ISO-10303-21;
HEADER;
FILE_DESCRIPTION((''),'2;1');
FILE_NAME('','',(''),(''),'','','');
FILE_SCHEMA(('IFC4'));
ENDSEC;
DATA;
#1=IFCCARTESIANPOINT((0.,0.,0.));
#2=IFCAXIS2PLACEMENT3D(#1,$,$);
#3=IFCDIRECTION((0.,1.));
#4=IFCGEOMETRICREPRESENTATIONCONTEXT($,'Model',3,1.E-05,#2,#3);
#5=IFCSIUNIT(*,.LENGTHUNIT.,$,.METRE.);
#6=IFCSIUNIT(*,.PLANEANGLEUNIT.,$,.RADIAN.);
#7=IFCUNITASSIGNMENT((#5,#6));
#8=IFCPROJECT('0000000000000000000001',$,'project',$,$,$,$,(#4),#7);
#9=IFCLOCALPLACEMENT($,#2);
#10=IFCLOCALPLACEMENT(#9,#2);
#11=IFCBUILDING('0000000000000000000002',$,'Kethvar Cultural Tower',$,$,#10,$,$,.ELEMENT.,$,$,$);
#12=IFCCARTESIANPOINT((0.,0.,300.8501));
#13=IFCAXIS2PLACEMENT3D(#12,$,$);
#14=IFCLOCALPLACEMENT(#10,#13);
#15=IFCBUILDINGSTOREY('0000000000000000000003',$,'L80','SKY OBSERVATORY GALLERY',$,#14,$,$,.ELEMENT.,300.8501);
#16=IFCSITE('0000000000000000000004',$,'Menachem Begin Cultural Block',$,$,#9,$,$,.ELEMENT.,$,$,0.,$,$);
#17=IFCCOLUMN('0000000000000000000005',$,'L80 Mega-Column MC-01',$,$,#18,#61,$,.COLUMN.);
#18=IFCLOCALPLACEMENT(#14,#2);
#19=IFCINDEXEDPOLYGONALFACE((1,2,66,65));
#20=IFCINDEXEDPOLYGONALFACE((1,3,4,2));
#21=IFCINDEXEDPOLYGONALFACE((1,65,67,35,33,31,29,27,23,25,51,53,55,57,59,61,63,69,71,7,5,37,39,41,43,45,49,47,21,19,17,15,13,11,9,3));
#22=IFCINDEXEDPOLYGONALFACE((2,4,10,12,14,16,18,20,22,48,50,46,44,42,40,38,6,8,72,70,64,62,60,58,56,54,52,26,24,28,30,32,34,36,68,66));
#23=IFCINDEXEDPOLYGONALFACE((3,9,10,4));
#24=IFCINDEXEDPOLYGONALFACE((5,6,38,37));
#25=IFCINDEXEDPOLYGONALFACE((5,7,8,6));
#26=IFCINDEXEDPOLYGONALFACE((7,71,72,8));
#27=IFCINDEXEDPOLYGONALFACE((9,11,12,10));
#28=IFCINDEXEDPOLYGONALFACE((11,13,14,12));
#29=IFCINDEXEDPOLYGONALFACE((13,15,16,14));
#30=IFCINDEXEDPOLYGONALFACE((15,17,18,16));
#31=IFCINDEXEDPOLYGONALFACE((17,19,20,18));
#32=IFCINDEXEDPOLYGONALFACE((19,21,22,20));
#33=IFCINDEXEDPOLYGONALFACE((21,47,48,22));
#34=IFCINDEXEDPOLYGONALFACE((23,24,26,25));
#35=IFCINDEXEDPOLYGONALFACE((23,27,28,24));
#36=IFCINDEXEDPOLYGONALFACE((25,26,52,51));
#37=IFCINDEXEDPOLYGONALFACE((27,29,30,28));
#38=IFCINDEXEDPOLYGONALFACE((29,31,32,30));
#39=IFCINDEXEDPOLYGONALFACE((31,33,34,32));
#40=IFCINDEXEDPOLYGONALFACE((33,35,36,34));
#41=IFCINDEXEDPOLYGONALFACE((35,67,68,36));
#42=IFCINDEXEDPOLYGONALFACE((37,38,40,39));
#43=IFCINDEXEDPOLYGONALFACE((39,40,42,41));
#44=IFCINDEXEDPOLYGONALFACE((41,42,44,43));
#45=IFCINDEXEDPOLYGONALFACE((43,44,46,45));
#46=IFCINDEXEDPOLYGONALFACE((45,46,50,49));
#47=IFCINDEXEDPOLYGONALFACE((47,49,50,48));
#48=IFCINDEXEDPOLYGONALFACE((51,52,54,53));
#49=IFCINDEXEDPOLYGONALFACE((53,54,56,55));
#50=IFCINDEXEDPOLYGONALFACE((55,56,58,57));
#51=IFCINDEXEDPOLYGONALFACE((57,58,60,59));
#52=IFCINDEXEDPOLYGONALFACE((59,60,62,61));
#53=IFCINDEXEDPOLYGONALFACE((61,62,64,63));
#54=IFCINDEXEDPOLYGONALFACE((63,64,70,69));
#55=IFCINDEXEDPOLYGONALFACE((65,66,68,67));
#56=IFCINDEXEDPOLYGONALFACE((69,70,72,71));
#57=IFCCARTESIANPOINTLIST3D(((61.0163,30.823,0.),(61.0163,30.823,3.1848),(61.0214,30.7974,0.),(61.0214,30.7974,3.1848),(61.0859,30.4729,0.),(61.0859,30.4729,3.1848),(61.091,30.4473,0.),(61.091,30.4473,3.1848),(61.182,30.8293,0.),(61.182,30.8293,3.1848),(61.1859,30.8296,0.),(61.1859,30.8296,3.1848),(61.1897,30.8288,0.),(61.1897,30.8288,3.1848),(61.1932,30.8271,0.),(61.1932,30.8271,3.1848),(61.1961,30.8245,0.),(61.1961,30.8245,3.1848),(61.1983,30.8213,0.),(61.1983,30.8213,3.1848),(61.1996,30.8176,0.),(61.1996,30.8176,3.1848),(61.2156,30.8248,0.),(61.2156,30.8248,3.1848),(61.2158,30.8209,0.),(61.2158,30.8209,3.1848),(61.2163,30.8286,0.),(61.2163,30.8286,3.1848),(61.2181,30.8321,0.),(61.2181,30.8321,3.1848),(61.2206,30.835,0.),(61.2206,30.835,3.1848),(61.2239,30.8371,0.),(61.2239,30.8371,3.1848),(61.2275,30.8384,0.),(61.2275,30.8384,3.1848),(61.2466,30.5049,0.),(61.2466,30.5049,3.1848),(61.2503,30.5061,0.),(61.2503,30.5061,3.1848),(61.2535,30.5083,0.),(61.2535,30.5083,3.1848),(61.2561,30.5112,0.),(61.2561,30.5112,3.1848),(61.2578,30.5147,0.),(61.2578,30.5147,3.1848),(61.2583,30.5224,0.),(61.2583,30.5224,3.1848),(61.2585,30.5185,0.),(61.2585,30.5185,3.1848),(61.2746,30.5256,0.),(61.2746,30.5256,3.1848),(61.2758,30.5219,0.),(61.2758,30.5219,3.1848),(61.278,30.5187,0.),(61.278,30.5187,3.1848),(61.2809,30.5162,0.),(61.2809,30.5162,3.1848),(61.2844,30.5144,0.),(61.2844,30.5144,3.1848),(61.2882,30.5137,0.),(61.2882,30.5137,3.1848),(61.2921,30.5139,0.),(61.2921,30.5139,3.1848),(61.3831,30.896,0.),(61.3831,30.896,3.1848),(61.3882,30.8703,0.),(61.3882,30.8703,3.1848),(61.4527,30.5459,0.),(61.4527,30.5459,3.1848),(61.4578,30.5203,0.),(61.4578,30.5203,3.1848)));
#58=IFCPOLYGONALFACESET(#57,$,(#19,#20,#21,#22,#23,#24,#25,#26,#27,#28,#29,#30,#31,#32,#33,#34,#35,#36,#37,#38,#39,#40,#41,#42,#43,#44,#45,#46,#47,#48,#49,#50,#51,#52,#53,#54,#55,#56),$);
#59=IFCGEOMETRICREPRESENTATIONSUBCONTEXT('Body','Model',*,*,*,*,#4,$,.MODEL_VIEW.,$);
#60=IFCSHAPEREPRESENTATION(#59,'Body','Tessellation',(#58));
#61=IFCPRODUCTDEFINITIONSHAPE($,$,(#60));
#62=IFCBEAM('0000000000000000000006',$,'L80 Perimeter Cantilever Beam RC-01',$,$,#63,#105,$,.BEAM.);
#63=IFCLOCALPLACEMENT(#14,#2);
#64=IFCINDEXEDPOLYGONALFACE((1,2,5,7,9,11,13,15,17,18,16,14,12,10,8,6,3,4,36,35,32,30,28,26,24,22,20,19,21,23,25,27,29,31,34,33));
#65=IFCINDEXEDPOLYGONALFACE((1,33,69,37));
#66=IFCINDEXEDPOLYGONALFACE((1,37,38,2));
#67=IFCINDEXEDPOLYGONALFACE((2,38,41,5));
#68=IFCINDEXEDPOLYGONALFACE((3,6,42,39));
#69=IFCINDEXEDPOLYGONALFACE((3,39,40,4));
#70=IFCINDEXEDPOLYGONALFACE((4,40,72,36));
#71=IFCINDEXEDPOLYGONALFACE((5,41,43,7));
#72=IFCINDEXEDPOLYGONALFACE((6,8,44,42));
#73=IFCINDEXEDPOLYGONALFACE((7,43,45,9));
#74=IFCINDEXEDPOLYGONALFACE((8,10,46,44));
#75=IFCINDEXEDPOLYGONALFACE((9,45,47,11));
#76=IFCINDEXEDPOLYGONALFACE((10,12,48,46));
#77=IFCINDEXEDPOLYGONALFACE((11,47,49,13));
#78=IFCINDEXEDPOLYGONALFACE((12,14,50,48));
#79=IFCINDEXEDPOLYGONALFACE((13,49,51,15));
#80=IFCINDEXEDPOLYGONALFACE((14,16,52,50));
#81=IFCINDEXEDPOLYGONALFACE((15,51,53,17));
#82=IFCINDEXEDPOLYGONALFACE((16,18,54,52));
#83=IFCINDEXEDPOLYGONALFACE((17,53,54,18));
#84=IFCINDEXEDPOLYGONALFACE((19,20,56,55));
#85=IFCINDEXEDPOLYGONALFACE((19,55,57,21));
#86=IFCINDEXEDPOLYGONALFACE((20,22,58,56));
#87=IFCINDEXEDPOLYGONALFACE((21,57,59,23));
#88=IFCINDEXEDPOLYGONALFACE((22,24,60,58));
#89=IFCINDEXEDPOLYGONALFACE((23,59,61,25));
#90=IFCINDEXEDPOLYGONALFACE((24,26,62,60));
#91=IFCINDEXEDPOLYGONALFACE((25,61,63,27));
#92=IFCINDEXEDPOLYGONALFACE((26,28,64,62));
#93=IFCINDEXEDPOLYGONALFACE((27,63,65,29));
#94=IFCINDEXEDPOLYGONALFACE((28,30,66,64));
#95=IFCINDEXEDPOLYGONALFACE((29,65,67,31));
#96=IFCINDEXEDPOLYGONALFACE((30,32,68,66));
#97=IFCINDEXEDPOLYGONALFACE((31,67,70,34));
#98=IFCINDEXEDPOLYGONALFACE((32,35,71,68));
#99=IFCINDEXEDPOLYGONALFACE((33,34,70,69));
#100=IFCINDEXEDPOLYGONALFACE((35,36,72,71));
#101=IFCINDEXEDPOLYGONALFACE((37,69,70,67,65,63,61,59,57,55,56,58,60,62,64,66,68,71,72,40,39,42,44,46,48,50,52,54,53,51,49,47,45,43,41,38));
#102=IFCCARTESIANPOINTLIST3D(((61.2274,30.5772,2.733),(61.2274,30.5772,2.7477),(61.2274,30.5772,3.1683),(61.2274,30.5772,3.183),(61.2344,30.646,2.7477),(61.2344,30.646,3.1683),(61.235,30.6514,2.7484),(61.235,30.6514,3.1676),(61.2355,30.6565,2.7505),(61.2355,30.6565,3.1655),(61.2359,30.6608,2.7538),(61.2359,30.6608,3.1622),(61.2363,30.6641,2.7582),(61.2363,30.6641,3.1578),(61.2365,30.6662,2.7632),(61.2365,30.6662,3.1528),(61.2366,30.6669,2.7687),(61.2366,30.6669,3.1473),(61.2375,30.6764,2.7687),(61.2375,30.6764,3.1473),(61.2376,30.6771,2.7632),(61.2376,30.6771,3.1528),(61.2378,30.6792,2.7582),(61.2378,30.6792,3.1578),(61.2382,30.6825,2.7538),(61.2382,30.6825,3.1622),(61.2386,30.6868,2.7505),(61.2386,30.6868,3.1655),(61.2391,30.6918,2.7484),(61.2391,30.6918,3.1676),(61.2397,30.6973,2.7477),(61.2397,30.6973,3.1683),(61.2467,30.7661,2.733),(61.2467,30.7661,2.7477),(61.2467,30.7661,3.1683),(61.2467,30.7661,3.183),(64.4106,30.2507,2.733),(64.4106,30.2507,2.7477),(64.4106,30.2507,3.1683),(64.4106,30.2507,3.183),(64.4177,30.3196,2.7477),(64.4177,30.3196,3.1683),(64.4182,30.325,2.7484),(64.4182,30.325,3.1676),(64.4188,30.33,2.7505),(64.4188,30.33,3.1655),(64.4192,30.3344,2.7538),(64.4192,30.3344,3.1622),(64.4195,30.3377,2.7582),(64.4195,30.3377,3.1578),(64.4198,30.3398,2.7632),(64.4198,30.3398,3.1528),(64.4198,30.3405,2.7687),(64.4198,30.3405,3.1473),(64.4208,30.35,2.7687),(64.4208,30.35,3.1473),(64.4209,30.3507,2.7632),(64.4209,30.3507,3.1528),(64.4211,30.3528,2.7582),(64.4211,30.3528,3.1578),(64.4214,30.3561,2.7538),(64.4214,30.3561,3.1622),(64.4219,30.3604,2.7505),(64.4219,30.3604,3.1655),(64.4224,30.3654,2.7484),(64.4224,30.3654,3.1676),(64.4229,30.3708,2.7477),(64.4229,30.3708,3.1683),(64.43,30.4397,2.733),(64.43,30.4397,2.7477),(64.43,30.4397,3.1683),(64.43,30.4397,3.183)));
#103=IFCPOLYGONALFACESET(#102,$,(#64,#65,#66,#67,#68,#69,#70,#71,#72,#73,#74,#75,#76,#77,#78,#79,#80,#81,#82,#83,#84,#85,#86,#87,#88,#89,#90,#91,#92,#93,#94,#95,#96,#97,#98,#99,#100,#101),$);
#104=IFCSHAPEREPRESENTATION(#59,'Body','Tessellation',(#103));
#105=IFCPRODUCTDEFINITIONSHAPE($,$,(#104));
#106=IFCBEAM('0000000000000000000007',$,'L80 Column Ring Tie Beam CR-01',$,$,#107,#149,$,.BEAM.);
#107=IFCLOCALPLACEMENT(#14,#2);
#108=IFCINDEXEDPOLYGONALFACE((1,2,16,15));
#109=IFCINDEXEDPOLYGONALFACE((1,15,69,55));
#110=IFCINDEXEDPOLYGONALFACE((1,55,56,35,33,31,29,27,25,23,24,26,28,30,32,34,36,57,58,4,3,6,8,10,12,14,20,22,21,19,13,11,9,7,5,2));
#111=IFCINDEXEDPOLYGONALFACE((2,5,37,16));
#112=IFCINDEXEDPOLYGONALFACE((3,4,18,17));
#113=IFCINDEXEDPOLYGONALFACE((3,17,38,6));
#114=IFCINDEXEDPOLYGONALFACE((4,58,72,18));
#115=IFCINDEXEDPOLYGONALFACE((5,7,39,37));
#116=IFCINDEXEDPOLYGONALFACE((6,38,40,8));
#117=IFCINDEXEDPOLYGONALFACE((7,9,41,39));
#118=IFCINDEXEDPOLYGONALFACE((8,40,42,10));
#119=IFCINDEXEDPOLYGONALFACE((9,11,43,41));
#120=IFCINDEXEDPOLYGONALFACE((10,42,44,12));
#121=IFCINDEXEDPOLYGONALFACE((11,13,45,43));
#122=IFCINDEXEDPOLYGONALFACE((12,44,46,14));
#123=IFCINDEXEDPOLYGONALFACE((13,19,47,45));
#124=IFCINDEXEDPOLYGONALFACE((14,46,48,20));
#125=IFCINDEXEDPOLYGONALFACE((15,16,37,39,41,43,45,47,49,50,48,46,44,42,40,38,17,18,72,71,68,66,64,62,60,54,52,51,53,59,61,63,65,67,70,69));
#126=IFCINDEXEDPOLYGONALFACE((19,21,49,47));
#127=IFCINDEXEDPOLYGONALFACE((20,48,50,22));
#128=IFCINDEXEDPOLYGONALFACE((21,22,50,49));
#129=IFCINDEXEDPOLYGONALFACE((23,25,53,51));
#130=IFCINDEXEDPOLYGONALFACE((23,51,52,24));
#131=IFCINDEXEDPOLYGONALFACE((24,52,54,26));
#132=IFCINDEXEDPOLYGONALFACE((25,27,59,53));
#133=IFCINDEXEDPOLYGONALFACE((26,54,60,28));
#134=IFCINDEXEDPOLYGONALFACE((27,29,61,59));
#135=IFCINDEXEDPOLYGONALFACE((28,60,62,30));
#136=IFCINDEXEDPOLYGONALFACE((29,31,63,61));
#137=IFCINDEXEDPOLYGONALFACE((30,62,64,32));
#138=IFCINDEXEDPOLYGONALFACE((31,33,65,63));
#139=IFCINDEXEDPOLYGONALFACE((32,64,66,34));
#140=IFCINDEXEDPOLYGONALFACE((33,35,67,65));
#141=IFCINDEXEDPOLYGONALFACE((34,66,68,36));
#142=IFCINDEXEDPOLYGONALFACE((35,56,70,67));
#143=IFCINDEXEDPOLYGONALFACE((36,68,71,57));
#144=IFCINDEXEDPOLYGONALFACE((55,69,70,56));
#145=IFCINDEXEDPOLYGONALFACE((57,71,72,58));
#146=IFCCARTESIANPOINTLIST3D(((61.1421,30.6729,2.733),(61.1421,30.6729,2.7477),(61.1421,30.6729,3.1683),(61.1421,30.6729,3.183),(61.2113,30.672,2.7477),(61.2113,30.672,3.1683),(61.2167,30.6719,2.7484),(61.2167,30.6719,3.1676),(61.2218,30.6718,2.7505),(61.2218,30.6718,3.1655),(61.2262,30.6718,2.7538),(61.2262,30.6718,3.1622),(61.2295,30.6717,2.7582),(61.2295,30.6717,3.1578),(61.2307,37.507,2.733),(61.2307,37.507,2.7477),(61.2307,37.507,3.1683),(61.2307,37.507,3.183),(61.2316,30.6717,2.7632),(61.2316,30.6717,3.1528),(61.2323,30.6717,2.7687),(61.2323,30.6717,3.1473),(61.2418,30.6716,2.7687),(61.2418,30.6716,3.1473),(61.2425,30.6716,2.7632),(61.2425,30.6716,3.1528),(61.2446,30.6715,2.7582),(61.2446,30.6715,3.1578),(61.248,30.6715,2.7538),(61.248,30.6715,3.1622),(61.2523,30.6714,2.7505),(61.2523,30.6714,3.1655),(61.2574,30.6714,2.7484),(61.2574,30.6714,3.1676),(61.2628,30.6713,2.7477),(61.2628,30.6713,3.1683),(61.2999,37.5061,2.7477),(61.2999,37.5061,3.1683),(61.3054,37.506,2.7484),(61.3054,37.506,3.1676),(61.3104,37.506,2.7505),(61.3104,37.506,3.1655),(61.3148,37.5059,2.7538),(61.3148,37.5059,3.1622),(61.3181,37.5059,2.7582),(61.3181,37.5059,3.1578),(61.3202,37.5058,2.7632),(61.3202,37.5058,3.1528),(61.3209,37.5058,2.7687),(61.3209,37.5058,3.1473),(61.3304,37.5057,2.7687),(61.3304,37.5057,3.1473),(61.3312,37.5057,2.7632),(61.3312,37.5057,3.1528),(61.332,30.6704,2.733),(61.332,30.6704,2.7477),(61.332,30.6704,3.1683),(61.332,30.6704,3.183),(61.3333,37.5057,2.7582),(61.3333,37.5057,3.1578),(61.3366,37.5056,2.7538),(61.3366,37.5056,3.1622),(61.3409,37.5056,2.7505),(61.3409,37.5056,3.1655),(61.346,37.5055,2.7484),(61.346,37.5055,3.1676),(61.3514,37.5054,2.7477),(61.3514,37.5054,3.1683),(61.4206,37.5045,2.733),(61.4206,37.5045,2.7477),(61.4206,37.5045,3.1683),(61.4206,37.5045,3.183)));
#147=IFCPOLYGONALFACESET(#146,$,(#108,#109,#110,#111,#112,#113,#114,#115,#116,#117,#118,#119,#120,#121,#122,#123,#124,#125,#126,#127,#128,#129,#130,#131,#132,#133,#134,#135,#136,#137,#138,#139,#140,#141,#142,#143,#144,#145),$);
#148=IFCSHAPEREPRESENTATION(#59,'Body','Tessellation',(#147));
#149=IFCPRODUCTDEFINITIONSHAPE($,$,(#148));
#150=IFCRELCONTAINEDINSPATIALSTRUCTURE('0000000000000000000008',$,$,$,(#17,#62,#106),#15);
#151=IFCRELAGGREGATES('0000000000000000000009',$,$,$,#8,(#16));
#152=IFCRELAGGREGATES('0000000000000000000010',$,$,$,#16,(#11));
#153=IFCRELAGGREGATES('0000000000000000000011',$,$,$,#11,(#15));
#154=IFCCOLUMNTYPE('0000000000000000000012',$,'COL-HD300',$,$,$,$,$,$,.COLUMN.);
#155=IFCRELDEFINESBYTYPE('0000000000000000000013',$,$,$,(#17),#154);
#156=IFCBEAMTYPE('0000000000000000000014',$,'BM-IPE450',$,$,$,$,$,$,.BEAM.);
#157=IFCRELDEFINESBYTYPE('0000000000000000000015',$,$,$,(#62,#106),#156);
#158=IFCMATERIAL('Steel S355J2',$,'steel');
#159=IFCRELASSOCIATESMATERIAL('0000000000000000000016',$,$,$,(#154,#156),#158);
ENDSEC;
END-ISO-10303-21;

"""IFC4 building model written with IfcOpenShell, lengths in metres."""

from ifc_helpers import new_model, si_unit, direction, frame, origin, origin_2d, place, context, subcontext, project, spatial, i_section, extrude, source, transform, mapped, material, material_profile, profile_set, type_object, element, save


model = new_model("IFC4")

# Units and contexts
model_context = context("Model", 3, precision=1e-05, world=origin(), true_north=direction((0.0, 1.0)))
body_context = subcontext(model_context, "Body", "Model", "MODEL_VIEW")
ifc_project = project(units=[si_unit("LENGTHUNIT", "METRE"), si_unit("PLANEANGLEUNIT", "RADIAN")], contexts=[model_context])

# Site, building, storey
site_placement = place(None, origin())
site = spatial("IfcSite", under=ifc_project, at=site_placement, Name="Menachem Begin Cultural Block", CompositionType="ELEMENT", RefElevation=0.0)
building_placement = place(site_placement, origin())
building = spatial("IfcBuilding", under=site, at=building_placement, Name="Kethvar Cultural Tower", CompositionType="ELEMENT")
storey_placement = place(building_placement, frame((0.0, 0.0, 300.8501)))
storey = spatial("IfcBuildingStorey", under=building, at=storey_placement, Name="L80", Description="SKY OBSERVATORY GALLERY", CompositionType="ELEMENT", Elevation=300.8501)

# Column
ifc_material_1 = material(Name="Steel S355J2", Category="steel")
ifc_material_profile_1 = material_profile(ifc_material_1, i_section(OverallWidth=0.374, OverallDepth=0.3831, WebThickness=0.0166, FlangeThickness=0.0261, FilletRadius=0.0149, at=origin_2d()), Name="Steel S355J2 — HD360x300")
ifc_profile_set_1 = profile_set([ifc_material_profile_1], Name="Steel S355J2 — HD360x300")
column_type = type_object("IfcColumnType", Name="COL-HD300", PredefinedType="COLUMN", material=ifc_profile_set_1)
shared_shape_1 = source(origin(), body_context, "Body", "SweptSolid", [
    extrude(i_section(OverallWidth=0.374, OverallDepth=0.3831, WebThickness=0.0166, FlangeThickness=0.0261, FilletRadius=0.0149, at=origin_2d()), origin(), (0.0, 0.0, 1.0), 3.1848),
])
column_placement = place(storey_placement, frame((61.2371, 30.6716, 0.0), z_axis=(0.0, 0.0, 1.0), x_axis=(0.980785, 0.19509, 0.0)))
element("IfcColumn", 1, at=column_placement, inside=storey, type_object=column_type, Name="L80 Mega-Column MC-01", PredefinedType="COLUMN", context=body_context, shape_type="MappedRepresentation", body=[
    mapped(shared_shape_1, transform((0.0, 0.0, 0.0), scale=1.0)),
])

# Beams
ifc_material_profile_2 = material_profile(ifc_material_1, i_section(OverallWidth=0.1899, OverallDepth=0.45, WebThickness=0.0095, FlangeThickness=0.0146, FilletRadius=0.021, at=origin_2d()), Name="Steel S355J2 — IPE450")
ifc_profile_set_2 = profile_set([ifc_material_profile_2], Name="Steel S355J2 — IPE450")
beam_type_1 = type_object("IfcBeamType", Name="BM-IPE450", PredefinedType="BEAM", material=ifc_profile_set_2)
shared_shape_2 = source(origin(), body_context, "Body", "SweptSolid", [
    extrude(i_section(OverallWidth=0.1899, OverallDepth=0.45, WebThickness=0.0095, FlangeThickness=0.0146, FilletRadius=0.021, at=origin_2d()), origin(), (0.0, 0.0, 1.0), 3.2),
])
beam_1_placement = place(storey_placement, frame((61.2371, 30.6716, 2.958), z_axis=(0.994784, -0.102004, 0.0), x_axis=(0.102004, 0.994784, 0.0)))
element("IfcBeam", 2, at=beam_1_placement, inside=storey, type_object=beam_type_1, Name="L80 Perimeter Cantilever Beam RC-01", PredefinedType="BEAM", context=body_context, shape_type="MappedRepresentation", body=[
    mapped(shared_shape_2, transform((0.0, 0.0, 0.0), scale=1.0)),
])
shared_shape_3 = source(origin(), body_context, "Body", "SweptSolid", [
    extrude(i_section(OverallWidth=0.1899, OverallDepth=0.45, WebThickness=0.0095, FlangeThickness=0.0146, FilletRadius=0.021, at=origin_2d()), origin(), (0.0, 0.0, 1.0), 6.8347),
])
beam_2_placement = place(storey_placement, frame((61.2371, 30.6716, 2.958), z_axis=(0.012966, 0.999916, 0.0), x_axis=(-0.999916, 0.012966, 0.0)))
element("IfcBeam", 3, at=beam_2_placement, inside=storey, type_object=beam_type_1, Name="L80 Column Ring Tie Beam CR-01", PredefinedType="BEAM", context=body_context, shape_type="MappedRepresentation", body=[
    mapped(shared_shape_3, transform((0.0, 0.0, 0.0), scale=1.0)),
])

save(model, "model.ifc")
